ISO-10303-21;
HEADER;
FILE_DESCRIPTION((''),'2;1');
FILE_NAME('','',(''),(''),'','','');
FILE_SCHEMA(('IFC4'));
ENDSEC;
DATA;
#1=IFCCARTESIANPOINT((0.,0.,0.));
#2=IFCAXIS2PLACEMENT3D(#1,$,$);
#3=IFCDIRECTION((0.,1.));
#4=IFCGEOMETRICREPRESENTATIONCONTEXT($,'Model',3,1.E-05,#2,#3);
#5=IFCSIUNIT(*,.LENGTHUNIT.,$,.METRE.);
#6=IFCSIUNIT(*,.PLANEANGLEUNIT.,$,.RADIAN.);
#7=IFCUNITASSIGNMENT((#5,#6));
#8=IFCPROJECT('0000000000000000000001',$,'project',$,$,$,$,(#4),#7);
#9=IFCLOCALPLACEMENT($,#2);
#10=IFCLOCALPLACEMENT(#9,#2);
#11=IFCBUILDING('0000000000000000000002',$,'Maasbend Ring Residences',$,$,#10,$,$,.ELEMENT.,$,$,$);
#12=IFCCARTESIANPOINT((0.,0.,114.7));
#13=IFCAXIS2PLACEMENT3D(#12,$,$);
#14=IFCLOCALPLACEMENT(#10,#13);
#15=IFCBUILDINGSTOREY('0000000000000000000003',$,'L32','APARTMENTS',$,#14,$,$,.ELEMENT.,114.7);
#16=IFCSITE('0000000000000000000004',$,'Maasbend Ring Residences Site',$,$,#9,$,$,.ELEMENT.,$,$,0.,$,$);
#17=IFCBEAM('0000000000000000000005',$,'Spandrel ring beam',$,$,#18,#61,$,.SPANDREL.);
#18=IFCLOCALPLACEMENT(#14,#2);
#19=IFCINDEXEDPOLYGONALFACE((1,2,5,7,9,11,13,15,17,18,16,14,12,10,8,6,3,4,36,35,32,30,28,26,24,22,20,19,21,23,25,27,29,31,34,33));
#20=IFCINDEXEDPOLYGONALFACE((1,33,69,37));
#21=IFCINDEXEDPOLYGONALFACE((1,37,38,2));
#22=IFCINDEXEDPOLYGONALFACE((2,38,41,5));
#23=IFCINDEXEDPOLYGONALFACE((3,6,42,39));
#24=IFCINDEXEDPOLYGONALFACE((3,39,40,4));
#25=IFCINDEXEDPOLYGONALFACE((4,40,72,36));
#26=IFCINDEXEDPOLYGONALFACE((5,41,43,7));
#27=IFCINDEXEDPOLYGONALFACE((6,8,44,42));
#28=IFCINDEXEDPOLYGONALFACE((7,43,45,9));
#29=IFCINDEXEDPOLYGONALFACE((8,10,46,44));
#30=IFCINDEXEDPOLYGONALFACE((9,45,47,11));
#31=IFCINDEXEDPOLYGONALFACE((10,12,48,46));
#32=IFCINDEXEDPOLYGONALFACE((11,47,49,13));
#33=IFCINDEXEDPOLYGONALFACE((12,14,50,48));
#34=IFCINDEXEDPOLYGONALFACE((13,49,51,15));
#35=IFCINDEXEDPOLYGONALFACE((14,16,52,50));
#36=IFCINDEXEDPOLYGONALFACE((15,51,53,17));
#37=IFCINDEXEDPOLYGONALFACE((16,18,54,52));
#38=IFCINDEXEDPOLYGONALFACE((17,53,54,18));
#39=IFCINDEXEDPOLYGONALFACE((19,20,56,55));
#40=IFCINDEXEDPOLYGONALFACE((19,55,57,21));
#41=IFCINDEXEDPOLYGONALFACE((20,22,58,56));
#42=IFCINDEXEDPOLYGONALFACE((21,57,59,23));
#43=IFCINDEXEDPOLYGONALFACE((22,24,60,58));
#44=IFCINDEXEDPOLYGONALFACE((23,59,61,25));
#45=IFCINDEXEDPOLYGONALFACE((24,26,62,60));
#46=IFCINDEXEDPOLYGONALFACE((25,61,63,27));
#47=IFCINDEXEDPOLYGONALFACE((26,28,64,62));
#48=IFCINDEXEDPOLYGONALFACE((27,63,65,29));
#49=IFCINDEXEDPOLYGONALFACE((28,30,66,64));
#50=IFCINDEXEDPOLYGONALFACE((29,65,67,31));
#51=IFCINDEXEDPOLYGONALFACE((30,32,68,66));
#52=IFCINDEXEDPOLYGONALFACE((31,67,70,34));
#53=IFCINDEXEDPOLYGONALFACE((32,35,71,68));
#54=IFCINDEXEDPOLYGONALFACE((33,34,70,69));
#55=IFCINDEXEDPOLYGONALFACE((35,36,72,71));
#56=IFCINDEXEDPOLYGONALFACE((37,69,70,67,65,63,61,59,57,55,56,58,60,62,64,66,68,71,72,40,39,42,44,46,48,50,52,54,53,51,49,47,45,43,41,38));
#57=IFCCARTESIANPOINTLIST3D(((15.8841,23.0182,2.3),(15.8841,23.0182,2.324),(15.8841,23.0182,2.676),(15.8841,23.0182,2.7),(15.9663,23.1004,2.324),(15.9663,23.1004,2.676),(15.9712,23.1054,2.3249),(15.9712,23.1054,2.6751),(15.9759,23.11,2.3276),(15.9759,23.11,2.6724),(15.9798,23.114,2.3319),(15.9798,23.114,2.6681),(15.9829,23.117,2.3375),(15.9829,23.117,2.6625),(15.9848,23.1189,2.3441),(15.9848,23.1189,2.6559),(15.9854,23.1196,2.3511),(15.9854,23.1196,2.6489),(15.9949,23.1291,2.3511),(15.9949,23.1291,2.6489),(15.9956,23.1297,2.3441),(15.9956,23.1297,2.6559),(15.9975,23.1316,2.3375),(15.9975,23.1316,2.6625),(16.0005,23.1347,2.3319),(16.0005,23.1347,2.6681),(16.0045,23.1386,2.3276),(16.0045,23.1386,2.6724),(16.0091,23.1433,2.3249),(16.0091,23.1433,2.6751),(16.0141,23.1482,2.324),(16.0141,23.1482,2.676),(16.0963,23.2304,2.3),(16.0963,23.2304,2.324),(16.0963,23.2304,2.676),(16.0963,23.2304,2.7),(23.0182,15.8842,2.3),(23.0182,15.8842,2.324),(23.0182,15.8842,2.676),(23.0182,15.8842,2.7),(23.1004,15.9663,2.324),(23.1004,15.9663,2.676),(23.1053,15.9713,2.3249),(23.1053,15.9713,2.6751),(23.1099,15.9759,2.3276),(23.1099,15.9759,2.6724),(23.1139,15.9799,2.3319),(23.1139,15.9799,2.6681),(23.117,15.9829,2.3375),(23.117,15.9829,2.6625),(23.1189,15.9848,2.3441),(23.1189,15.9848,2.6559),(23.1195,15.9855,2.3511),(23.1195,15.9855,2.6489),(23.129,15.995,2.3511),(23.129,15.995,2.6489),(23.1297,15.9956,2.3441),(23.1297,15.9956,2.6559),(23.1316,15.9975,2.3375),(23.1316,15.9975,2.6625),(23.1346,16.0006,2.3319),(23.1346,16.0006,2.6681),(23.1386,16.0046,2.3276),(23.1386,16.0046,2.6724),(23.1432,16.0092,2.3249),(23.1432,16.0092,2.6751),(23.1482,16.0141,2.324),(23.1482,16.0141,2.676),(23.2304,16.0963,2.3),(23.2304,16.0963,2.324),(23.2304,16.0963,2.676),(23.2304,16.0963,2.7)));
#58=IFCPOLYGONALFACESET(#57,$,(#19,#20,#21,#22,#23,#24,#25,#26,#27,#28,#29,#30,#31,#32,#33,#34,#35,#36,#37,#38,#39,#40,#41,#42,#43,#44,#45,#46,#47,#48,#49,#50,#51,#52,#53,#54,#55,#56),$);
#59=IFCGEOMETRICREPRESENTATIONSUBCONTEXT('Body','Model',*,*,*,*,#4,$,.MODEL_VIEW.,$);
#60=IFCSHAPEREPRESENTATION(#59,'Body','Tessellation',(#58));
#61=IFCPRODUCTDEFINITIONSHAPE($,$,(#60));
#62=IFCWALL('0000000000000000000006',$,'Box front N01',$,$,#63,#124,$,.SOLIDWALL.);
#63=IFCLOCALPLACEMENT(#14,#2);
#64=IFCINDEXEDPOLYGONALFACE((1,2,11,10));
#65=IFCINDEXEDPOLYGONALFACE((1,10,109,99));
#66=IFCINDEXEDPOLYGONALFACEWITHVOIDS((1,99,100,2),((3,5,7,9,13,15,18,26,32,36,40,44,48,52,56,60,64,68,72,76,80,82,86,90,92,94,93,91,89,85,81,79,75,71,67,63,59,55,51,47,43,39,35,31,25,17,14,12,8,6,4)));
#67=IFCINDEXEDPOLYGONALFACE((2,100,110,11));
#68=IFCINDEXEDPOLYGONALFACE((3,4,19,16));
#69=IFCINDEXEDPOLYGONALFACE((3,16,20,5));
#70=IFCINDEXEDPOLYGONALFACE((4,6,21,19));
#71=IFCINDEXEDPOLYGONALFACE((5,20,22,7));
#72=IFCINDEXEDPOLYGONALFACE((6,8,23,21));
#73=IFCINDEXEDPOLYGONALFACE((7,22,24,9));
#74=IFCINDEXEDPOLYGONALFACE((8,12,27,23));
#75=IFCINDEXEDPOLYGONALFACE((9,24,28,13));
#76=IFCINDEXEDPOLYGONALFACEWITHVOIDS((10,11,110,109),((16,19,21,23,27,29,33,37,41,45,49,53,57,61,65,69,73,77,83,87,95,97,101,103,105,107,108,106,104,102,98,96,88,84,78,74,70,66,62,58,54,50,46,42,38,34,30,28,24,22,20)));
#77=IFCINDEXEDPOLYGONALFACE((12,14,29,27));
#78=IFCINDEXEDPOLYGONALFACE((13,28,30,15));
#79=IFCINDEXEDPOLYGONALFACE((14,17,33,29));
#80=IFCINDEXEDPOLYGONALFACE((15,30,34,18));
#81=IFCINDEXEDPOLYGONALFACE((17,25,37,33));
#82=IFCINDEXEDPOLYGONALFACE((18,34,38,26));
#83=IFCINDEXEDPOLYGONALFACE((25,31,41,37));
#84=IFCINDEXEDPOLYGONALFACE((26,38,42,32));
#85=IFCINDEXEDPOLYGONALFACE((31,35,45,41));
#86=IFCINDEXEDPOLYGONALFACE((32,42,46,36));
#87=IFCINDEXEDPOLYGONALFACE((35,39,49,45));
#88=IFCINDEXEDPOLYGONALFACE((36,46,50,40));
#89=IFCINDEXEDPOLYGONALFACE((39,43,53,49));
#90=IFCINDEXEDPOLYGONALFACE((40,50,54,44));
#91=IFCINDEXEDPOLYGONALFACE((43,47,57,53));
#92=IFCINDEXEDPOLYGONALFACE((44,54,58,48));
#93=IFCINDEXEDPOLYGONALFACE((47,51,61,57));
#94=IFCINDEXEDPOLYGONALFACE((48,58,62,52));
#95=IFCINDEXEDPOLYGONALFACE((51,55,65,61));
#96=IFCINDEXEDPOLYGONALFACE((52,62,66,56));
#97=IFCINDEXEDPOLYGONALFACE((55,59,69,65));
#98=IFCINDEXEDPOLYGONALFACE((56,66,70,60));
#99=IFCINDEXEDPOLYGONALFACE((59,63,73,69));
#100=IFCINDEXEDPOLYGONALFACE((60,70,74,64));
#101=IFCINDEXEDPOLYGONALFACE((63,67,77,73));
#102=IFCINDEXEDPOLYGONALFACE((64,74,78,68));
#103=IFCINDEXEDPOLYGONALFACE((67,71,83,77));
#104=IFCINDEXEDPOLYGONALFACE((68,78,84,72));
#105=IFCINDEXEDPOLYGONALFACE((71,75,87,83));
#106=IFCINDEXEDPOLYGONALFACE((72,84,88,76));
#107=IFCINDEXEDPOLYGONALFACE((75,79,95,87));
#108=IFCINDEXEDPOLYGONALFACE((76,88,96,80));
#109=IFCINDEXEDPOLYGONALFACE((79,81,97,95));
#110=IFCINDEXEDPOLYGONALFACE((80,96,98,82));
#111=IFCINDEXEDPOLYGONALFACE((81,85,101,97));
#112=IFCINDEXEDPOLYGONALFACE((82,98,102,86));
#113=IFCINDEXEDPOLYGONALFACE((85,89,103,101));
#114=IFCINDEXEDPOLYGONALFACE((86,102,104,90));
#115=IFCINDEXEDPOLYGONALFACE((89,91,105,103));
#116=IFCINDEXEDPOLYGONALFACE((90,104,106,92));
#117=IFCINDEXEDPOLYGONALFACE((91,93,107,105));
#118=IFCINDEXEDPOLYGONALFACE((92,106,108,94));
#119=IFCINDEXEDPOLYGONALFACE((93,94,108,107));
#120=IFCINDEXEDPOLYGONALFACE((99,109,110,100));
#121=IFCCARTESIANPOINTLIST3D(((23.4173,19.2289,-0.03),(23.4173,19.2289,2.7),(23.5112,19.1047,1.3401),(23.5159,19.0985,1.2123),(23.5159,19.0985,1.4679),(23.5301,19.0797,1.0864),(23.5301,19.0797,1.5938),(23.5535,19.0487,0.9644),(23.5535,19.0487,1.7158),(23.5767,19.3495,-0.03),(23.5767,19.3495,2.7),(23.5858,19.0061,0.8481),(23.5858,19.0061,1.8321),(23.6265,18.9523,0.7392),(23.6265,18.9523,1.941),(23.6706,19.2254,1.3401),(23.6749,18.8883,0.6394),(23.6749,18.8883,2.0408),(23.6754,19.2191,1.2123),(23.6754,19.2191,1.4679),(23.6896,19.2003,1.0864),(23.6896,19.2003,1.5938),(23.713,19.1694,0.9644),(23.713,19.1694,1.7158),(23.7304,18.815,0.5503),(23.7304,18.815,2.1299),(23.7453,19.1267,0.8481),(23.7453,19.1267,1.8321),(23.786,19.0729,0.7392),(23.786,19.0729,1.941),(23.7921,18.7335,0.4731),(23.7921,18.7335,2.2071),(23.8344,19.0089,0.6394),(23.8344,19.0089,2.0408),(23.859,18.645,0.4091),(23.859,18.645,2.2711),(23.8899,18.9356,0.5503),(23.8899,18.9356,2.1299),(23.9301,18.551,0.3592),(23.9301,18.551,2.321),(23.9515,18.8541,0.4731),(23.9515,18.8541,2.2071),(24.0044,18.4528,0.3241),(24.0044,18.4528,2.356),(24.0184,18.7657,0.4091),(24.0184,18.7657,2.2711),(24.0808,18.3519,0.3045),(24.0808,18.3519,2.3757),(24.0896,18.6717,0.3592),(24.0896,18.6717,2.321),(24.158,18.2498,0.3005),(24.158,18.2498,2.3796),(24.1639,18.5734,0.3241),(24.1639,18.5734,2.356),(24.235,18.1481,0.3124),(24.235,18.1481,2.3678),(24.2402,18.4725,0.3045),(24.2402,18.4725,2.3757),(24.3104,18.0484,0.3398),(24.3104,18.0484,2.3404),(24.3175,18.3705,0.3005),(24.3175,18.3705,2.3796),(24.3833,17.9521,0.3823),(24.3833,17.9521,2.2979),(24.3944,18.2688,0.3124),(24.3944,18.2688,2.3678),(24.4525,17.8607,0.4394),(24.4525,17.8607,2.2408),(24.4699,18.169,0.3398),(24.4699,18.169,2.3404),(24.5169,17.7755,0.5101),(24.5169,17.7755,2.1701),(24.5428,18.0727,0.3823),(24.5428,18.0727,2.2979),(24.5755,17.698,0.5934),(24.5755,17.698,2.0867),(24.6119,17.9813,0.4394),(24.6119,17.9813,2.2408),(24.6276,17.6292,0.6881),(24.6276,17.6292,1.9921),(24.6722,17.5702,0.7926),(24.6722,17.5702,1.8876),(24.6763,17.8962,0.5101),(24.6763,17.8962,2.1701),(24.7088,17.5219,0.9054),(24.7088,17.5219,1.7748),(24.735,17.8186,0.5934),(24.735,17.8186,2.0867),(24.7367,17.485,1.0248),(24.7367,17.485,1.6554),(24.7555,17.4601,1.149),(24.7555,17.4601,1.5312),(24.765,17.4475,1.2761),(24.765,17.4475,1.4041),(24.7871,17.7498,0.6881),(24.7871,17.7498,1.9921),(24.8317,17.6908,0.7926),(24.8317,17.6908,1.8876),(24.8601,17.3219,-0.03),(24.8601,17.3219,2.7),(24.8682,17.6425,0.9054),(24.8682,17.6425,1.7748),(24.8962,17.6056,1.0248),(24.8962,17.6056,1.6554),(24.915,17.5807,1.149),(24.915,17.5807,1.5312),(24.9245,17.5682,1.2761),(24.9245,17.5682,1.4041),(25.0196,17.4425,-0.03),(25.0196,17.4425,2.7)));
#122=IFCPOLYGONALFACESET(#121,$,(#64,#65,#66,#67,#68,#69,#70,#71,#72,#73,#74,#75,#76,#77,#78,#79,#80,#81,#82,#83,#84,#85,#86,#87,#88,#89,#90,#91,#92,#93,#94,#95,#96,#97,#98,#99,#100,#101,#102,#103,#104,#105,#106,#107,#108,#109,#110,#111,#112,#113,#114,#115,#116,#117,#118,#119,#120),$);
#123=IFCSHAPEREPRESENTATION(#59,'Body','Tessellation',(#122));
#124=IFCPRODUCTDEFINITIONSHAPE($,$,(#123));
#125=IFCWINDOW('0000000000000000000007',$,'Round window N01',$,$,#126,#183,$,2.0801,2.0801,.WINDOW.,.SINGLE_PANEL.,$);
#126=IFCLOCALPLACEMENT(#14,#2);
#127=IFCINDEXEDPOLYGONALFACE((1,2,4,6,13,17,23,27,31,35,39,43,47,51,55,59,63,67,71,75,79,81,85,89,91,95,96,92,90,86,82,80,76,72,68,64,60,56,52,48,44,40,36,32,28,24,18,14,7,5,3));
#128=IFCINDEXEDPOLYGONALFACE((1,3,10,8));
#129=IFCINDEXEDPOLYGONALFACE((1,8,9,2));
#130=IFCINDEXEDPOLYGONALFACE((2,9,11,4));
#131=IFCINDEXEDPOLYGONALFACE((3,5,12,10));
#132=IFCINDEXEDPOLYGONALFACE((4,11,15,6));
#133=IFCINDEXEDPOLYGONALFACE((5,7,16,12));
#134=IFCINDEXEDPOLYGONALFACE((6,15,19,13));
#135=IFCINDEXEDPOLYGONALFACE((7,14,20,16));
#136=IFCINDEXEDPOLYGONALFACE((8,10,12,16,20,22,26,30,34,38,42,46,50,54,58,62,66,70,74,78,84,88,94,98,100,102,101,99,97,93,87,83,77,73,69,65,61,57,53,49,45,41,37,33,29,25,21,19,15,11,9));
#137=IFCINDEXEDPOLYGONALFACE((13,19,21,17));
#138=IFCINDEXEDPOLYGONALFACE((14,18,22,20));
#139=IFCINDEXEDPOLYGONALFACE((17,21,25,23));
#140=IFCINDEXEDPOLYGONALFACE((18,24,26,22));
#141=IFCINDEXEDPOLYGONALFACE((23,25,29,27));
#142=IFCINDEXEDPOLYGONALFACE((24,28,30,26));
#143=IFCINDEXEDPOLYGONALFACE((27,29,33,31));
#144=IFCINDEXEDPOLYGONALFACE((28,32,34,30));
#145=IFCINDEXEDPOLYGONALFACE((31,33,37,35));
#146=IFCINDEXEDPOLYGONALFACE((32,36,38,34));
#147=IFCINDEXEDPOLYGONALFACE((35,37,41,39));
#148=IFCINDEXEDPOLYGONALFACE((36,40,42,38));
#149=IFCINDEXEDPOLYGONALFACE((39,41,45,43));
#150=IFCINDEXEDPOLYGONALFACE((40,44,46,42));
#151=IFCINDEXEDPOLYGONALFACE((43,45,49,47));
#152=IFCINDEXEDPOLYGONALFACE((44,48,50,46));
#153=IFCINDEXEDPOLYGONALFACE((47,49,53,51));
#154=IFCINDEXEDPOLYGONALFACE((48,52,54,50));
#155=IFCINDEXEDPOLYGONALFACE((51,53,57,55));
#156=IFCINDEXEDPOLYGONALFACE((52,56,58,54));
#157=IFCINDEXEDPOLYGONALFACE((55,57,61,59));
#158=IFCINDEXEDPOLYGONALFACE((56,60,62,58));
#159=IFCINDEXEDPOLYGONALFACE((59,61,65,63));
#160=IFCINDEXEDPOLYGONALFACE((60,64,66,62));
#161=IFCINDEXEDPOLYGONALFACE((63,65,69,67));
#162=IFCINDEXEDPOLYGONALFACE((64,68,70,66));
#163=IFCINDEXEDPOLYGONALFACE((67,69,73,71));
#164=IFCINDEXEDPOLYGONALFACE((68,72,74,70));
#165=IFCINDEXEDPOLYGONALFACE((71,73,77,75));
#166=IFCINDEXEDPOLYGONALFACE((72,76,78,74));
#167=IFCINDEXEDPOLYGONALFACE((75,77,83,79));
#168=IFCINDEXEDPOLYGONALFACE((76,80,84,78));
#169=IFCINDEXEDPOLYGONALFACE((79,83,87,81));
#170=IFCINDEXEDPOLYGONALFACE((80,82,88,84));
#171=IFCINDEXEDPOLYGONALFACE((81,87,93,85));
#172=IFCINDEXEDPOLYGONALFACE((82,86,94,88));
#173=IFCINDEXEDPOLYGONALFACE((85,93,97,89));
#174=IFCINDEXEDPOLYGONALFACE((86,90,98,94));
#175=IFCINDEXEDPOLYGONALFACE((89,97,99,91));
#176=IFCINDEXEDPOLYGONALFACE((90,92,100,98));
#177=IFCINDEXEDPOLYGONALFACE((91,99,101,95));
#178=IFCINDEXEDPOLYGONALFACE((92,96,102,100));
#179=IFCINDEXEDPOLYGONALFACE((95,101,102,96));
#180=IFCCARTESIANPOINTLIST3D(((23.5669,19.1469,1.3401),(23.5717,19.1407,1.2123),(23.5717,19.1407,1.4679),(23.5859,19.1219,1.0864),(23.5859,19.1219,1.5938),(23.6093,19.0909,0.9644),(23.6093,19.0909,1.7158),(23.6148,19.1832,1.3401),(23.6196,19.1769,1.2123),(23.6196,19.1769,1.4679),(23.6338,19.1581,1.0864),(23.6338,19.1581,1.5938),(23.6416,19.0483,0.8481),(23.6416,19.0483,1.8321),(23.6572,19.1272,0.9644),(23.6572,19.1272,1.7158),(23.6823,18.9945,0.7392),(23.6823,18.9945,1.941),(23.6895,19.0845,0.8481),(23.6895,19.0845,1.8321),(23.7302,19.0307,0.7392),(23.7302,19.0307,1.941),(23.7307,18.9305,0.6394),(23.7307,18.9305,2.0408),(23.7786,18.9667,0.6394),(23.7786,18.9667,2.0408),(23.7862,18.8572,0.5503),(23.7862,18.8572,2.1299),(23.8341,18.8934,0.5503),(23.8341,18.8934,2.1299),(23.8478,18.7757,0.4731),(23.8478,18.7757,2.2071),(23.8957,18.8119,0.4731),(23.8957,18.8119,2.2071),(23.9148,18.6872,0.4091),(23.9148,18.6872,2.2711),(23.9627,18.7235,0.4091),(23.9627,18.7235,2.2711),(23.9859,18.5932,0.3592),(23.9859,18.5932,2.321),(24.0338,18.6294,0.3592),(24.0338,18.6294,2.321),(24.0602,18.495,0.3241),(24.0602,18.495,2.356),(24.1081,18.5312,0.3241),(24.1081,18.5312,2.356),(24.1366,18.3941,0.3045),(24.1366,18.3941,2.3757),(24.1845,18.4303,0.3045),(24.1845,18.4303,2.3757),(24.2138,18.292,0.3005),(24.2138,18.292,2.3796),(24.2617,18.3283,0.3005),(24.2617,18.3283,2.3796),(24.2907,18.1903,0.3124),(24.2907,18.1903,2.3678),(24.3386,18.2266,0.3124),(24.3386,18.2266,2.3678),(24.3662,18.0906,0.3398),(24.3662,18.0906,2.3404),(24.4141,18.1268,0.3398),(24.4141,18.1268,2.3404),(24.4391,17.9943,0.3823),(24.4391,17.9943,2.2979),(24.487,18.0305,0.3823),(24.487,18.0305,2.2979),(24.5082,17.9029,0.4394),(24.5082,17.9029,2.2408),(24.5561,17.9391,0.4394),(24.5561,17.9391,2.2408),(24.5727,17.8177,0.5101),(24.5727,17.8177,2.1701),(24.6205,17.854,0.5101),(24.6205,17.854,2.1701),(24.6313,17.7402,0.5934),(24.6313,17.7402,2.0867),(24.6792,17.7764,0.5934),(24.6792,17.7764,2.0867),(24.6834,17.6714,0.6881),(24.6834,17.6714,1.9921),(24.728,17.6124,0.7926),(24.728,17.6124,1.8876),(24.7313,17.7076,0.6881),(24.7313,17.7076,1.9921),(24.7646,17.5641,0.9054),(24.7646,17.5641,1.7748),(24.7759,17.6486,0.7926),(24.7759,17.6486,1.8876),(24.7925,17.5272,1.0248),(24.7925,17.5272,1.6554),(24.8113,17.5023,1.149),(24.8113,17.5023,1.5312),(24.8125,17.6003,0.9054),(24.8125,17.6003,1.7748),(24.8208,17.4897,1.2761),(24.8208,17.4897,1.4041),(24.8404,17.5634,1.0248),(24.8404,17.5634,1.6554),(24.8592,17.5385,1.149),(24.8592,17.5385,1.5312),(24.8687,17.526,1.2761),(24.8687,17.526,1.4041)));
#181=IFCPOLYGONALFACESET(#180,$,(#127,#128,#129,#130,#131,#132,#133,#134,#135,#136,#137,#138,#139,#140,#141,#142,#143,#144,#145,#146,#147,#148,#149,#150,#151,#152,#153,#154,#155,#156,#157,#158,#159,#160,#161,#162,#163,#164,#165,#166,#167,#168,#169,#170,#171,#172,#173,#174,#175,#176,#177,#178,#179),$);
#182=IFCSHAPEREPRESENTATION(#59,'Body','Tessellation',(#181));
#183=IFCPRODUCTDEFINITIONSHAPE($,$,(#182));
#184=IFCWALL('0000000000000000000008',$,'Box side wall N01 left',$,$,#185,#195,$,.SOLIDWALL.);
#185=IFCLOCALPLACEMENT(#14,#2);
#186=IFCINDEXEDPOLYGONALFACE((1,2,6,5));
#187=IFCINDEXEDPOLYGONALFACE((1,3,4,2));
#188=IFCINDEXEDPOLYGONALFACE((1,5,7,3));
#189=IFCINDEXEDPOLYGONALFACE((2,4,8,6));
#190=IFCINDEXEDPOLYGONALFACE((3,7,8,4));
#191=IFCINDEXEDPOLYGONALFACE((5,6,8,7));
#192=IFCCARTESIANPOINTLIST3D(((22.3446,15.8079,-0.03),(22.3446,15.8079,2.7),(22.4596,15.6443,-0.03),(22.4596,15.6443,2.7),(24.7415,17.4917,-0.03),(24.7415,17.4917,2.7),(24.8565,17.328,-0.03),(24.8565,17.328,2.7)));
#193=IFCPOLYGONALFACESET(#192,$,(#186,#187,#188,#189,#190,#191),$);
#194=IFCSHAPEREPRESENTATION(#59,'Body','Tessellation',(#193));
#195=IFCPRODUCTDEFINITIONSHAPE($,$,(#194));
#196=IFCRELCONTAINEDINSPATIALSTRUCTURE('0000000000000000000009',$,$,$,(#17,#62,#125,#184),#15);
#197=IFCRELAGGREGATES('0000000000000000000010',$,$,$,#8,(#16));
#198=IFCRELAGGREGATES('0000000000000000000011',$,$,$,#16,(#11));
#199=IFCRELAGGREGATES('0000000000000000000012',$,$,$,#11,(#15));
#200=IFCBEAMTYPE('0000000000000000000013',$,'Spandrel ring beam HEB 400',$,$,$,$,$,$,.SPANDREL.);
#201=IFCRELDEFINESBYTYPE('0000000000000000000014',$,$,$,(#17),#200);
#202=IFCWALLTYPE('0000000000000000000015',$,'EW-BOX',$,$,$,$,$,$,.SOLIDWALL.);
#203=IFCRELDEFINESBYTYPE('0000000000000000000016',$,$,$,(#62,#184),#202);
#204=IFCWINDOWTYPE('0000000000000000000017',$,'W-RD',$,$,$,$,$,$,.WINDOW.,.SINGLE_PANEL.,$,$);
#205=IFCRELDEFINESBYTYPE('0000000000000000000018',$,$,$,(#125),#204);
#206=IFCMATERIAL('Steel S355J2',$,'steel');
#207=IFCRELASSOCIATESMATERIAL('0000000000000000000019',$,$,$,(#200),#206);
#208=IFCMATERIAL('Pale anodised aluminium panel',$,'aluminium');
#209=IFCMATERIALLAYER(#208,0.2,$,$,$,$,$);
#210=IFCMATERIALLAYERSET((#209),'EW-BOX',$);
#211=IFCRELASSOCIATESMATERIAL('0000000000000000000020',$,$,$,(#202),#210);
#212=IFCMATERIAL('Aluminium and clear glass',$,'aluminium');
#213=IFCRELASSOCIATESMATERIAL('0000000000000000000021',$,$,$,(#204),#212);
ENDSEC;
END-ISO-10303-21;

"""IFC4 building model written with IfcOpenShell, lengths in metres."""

from ifc_helpers import new_model, si_unit, direction, frame, frame_2d, origin, origin_2d, place, context, subcontext, project, spatial, rectangle, circle, i_section, extrude, material, layer, layer_set, material_profile, profile_set, type_object, element, fill, save


model = new_model("IFC4")

# Units and contexts
model_context = context("Model", 3, precision=1e-05, world=origin(), true_north=direction((0.0, 1.0)))
body_context = subcontext(model_context, "Body", "Model", "MODEL_VIEW")
ifc_project = project(units=[si_unit("LENGTHUNIT", "METRE"), si_unit("PLANEANGLEUNIT", "RADIAN")], contexts=[model_context])

# Site, building, storey
site_placement = place(None, origin())
site = spatial("IfcSite", under=ifc_project, at=site_placement, Name="Maasbend Ring Residences Site", CompositionType="ELEMENT", RefElevation=0.0)
building_placement = place(site_placement, origin())
building = spatial("IfcBuilding", under=site, at=building_placement, Name="Maasbend Ring Residences", CompositionType="ELEMENT")
storey_placement = place(building_placement, frame((0.0, 0.0, 114.7)))
storey = spatial("IfcBuildingStorey", under=building, at=storey_placement, Name="L32", Description="APARTMENTS", CompositionType="ELEMENT", Elevation=114.7)

# Beam
ifc_material_1 = material(Name="Steel S355J2", Category="steel")
ifc_material_profile_1 = material_profile(ifc_material_1, i_section(OverallWidth=0.3, OverallDepth=0.3999, WebThickness=0.0134, FlangeThickness=0.0239, FilletRadius=0.0271, at=origin_2d()), Name="HEB 400")
ifc_profile_set_1 = profile_set([ifc_material_profile_1], Name="Steel S355J2")
beam_type = type_object("IfcBeamType", Name="Spandrel ring beam HEB 400", PredefinedType="SPANDREL", material=ifc_profile_set_1)
beam_placement = place(storey_placement, frame((23.1243, 15.9902, 2.5), z_axis=(-0.707107, 0.707107, 0.0), x_axis=(-0.707107, -0.707107, 0.0)))
element("IfcBeam", 1, at=beam_placement, inside=storey, type_object=beam_type, Name="Spandrel ring beam", PredefinedType="SPANDREL", context=body_context, shape_type="SweptSolid", body=[
    extrude(i_section(OverallWidth=0.3, OverallDepth=0.3999, WebThickness=0.0134, FlangeThickness=0.0239, FilletRadius=0.0271, at=origin_2d()), origin(), (0.0, 0.0, 1.0), 10.0891),
])

# Wall, opening, window
ifc_material_2 = material(Name="Pale anodised aluminium panel", Category="aluminium")
ifc_layer_1 = layer(ifc_material_2, 0.2)
ifc_layer_set_1 = layer_set([ifc_layer_1], Name="EW-BOX")
wall_type_1 = type_object("IfcWallType", Name="EW-BOX", PredefinedType="SOLIDWALL", material=ifc_layer_set_1)
wall_1_placement = place(storey_placement, frame((24.9399, 17.3821, -0.03), z_axis=(0.0, 0.0, 1.0), x_axis=(-0.603376, 0.797457, 0.0)))
wall_1 = element("IfcWall", 2, at=wall_1_placement, inside=storey, type_object=wall_type_1, Name="Box front N01", PredefinedType="SOLIDWALL", context=body_context, shape_type="SweptSolid", body=[
    extrude(rectangle(XDim=2.3914, YDim=0.2, at=frame_2d((1.1958, 0.0))), origin(), (0.0, 0.0, 1.0), 2.73),
])
opening_1_placement = place(wall_1_placement, frame((0.1558, 0.0, 0.3301)))
opening_1 = element("IfcOpeningElement", 3, at=opening_1_placement, cuts=wall_1, PredefinedType="OPENING", context=body_context, shape_type="SweptSolid", body=[
    extrude(circle(Radius=1.04, at=frame_2d((1.04, 1.04))), frame((0.0, 0.1099, 0.0), z_axis=(0.0, -1.0, 0.0), x_axis=(1.0, 0.0, 0.0)), (0.0, 0.0, 1.0), 0.22),
])
ifc_material_3 = material(Name="Aluminium and clear glass", Category="aluminium")
window_type_1 = type_object("IfcWindowType", Name="W-RD", PartitioningType="SINGLE_PANEL", PredefinedType="WINDOW", material=ifc_material_3)
window_1_placement = place(opening_1_placement, origin())
window_1 = element("IfcWindow", 4, at=window_1_placement, inside=storey, type_object=window_type_1, Name="Round window N01", OverallHeight=2.0801, OverallWidth=2.0801, PartitioningType="SINGLE_PANEL", PredefinedType="WINDOW", context=body_context, shape_type="SweptSolid", body=[
    extrude(circle(Radius=1.04, at=frame_2d((1.04, 1.04))), frame((0.0, 0.03, 0.0), z_axis=(0.0, -1.0, 0.0), x_axis=(1.0, 0.0, 0.0)), (0.0, 0.0, 1.0), 0.0601),
])
fill(opening_1, window_1)

# Wall
wall_2_placement = place(storey_placement, frame((22.4021, 15.7261, -0.03), z_axis=(0.0, 0.0, 1.0), x_axis=(0.818275, 0.574826, 0.0)))
element("IfcWall", 5, at=wall_2_placement, inside=storey, type_object=wall_type_1, Name="Box side wall N01 left", PredefinedType="SOLIDWALL", context=body_context, shape_type="SweptSolid", body=[
    extrude(rectangle(XDim=2.9292, YDim=0.2, at=frame_2d((1.4646, 0.0))), origin(), (0.0, 0.0, 1.0), 2.73),
])

save(model, "model.ifc")
